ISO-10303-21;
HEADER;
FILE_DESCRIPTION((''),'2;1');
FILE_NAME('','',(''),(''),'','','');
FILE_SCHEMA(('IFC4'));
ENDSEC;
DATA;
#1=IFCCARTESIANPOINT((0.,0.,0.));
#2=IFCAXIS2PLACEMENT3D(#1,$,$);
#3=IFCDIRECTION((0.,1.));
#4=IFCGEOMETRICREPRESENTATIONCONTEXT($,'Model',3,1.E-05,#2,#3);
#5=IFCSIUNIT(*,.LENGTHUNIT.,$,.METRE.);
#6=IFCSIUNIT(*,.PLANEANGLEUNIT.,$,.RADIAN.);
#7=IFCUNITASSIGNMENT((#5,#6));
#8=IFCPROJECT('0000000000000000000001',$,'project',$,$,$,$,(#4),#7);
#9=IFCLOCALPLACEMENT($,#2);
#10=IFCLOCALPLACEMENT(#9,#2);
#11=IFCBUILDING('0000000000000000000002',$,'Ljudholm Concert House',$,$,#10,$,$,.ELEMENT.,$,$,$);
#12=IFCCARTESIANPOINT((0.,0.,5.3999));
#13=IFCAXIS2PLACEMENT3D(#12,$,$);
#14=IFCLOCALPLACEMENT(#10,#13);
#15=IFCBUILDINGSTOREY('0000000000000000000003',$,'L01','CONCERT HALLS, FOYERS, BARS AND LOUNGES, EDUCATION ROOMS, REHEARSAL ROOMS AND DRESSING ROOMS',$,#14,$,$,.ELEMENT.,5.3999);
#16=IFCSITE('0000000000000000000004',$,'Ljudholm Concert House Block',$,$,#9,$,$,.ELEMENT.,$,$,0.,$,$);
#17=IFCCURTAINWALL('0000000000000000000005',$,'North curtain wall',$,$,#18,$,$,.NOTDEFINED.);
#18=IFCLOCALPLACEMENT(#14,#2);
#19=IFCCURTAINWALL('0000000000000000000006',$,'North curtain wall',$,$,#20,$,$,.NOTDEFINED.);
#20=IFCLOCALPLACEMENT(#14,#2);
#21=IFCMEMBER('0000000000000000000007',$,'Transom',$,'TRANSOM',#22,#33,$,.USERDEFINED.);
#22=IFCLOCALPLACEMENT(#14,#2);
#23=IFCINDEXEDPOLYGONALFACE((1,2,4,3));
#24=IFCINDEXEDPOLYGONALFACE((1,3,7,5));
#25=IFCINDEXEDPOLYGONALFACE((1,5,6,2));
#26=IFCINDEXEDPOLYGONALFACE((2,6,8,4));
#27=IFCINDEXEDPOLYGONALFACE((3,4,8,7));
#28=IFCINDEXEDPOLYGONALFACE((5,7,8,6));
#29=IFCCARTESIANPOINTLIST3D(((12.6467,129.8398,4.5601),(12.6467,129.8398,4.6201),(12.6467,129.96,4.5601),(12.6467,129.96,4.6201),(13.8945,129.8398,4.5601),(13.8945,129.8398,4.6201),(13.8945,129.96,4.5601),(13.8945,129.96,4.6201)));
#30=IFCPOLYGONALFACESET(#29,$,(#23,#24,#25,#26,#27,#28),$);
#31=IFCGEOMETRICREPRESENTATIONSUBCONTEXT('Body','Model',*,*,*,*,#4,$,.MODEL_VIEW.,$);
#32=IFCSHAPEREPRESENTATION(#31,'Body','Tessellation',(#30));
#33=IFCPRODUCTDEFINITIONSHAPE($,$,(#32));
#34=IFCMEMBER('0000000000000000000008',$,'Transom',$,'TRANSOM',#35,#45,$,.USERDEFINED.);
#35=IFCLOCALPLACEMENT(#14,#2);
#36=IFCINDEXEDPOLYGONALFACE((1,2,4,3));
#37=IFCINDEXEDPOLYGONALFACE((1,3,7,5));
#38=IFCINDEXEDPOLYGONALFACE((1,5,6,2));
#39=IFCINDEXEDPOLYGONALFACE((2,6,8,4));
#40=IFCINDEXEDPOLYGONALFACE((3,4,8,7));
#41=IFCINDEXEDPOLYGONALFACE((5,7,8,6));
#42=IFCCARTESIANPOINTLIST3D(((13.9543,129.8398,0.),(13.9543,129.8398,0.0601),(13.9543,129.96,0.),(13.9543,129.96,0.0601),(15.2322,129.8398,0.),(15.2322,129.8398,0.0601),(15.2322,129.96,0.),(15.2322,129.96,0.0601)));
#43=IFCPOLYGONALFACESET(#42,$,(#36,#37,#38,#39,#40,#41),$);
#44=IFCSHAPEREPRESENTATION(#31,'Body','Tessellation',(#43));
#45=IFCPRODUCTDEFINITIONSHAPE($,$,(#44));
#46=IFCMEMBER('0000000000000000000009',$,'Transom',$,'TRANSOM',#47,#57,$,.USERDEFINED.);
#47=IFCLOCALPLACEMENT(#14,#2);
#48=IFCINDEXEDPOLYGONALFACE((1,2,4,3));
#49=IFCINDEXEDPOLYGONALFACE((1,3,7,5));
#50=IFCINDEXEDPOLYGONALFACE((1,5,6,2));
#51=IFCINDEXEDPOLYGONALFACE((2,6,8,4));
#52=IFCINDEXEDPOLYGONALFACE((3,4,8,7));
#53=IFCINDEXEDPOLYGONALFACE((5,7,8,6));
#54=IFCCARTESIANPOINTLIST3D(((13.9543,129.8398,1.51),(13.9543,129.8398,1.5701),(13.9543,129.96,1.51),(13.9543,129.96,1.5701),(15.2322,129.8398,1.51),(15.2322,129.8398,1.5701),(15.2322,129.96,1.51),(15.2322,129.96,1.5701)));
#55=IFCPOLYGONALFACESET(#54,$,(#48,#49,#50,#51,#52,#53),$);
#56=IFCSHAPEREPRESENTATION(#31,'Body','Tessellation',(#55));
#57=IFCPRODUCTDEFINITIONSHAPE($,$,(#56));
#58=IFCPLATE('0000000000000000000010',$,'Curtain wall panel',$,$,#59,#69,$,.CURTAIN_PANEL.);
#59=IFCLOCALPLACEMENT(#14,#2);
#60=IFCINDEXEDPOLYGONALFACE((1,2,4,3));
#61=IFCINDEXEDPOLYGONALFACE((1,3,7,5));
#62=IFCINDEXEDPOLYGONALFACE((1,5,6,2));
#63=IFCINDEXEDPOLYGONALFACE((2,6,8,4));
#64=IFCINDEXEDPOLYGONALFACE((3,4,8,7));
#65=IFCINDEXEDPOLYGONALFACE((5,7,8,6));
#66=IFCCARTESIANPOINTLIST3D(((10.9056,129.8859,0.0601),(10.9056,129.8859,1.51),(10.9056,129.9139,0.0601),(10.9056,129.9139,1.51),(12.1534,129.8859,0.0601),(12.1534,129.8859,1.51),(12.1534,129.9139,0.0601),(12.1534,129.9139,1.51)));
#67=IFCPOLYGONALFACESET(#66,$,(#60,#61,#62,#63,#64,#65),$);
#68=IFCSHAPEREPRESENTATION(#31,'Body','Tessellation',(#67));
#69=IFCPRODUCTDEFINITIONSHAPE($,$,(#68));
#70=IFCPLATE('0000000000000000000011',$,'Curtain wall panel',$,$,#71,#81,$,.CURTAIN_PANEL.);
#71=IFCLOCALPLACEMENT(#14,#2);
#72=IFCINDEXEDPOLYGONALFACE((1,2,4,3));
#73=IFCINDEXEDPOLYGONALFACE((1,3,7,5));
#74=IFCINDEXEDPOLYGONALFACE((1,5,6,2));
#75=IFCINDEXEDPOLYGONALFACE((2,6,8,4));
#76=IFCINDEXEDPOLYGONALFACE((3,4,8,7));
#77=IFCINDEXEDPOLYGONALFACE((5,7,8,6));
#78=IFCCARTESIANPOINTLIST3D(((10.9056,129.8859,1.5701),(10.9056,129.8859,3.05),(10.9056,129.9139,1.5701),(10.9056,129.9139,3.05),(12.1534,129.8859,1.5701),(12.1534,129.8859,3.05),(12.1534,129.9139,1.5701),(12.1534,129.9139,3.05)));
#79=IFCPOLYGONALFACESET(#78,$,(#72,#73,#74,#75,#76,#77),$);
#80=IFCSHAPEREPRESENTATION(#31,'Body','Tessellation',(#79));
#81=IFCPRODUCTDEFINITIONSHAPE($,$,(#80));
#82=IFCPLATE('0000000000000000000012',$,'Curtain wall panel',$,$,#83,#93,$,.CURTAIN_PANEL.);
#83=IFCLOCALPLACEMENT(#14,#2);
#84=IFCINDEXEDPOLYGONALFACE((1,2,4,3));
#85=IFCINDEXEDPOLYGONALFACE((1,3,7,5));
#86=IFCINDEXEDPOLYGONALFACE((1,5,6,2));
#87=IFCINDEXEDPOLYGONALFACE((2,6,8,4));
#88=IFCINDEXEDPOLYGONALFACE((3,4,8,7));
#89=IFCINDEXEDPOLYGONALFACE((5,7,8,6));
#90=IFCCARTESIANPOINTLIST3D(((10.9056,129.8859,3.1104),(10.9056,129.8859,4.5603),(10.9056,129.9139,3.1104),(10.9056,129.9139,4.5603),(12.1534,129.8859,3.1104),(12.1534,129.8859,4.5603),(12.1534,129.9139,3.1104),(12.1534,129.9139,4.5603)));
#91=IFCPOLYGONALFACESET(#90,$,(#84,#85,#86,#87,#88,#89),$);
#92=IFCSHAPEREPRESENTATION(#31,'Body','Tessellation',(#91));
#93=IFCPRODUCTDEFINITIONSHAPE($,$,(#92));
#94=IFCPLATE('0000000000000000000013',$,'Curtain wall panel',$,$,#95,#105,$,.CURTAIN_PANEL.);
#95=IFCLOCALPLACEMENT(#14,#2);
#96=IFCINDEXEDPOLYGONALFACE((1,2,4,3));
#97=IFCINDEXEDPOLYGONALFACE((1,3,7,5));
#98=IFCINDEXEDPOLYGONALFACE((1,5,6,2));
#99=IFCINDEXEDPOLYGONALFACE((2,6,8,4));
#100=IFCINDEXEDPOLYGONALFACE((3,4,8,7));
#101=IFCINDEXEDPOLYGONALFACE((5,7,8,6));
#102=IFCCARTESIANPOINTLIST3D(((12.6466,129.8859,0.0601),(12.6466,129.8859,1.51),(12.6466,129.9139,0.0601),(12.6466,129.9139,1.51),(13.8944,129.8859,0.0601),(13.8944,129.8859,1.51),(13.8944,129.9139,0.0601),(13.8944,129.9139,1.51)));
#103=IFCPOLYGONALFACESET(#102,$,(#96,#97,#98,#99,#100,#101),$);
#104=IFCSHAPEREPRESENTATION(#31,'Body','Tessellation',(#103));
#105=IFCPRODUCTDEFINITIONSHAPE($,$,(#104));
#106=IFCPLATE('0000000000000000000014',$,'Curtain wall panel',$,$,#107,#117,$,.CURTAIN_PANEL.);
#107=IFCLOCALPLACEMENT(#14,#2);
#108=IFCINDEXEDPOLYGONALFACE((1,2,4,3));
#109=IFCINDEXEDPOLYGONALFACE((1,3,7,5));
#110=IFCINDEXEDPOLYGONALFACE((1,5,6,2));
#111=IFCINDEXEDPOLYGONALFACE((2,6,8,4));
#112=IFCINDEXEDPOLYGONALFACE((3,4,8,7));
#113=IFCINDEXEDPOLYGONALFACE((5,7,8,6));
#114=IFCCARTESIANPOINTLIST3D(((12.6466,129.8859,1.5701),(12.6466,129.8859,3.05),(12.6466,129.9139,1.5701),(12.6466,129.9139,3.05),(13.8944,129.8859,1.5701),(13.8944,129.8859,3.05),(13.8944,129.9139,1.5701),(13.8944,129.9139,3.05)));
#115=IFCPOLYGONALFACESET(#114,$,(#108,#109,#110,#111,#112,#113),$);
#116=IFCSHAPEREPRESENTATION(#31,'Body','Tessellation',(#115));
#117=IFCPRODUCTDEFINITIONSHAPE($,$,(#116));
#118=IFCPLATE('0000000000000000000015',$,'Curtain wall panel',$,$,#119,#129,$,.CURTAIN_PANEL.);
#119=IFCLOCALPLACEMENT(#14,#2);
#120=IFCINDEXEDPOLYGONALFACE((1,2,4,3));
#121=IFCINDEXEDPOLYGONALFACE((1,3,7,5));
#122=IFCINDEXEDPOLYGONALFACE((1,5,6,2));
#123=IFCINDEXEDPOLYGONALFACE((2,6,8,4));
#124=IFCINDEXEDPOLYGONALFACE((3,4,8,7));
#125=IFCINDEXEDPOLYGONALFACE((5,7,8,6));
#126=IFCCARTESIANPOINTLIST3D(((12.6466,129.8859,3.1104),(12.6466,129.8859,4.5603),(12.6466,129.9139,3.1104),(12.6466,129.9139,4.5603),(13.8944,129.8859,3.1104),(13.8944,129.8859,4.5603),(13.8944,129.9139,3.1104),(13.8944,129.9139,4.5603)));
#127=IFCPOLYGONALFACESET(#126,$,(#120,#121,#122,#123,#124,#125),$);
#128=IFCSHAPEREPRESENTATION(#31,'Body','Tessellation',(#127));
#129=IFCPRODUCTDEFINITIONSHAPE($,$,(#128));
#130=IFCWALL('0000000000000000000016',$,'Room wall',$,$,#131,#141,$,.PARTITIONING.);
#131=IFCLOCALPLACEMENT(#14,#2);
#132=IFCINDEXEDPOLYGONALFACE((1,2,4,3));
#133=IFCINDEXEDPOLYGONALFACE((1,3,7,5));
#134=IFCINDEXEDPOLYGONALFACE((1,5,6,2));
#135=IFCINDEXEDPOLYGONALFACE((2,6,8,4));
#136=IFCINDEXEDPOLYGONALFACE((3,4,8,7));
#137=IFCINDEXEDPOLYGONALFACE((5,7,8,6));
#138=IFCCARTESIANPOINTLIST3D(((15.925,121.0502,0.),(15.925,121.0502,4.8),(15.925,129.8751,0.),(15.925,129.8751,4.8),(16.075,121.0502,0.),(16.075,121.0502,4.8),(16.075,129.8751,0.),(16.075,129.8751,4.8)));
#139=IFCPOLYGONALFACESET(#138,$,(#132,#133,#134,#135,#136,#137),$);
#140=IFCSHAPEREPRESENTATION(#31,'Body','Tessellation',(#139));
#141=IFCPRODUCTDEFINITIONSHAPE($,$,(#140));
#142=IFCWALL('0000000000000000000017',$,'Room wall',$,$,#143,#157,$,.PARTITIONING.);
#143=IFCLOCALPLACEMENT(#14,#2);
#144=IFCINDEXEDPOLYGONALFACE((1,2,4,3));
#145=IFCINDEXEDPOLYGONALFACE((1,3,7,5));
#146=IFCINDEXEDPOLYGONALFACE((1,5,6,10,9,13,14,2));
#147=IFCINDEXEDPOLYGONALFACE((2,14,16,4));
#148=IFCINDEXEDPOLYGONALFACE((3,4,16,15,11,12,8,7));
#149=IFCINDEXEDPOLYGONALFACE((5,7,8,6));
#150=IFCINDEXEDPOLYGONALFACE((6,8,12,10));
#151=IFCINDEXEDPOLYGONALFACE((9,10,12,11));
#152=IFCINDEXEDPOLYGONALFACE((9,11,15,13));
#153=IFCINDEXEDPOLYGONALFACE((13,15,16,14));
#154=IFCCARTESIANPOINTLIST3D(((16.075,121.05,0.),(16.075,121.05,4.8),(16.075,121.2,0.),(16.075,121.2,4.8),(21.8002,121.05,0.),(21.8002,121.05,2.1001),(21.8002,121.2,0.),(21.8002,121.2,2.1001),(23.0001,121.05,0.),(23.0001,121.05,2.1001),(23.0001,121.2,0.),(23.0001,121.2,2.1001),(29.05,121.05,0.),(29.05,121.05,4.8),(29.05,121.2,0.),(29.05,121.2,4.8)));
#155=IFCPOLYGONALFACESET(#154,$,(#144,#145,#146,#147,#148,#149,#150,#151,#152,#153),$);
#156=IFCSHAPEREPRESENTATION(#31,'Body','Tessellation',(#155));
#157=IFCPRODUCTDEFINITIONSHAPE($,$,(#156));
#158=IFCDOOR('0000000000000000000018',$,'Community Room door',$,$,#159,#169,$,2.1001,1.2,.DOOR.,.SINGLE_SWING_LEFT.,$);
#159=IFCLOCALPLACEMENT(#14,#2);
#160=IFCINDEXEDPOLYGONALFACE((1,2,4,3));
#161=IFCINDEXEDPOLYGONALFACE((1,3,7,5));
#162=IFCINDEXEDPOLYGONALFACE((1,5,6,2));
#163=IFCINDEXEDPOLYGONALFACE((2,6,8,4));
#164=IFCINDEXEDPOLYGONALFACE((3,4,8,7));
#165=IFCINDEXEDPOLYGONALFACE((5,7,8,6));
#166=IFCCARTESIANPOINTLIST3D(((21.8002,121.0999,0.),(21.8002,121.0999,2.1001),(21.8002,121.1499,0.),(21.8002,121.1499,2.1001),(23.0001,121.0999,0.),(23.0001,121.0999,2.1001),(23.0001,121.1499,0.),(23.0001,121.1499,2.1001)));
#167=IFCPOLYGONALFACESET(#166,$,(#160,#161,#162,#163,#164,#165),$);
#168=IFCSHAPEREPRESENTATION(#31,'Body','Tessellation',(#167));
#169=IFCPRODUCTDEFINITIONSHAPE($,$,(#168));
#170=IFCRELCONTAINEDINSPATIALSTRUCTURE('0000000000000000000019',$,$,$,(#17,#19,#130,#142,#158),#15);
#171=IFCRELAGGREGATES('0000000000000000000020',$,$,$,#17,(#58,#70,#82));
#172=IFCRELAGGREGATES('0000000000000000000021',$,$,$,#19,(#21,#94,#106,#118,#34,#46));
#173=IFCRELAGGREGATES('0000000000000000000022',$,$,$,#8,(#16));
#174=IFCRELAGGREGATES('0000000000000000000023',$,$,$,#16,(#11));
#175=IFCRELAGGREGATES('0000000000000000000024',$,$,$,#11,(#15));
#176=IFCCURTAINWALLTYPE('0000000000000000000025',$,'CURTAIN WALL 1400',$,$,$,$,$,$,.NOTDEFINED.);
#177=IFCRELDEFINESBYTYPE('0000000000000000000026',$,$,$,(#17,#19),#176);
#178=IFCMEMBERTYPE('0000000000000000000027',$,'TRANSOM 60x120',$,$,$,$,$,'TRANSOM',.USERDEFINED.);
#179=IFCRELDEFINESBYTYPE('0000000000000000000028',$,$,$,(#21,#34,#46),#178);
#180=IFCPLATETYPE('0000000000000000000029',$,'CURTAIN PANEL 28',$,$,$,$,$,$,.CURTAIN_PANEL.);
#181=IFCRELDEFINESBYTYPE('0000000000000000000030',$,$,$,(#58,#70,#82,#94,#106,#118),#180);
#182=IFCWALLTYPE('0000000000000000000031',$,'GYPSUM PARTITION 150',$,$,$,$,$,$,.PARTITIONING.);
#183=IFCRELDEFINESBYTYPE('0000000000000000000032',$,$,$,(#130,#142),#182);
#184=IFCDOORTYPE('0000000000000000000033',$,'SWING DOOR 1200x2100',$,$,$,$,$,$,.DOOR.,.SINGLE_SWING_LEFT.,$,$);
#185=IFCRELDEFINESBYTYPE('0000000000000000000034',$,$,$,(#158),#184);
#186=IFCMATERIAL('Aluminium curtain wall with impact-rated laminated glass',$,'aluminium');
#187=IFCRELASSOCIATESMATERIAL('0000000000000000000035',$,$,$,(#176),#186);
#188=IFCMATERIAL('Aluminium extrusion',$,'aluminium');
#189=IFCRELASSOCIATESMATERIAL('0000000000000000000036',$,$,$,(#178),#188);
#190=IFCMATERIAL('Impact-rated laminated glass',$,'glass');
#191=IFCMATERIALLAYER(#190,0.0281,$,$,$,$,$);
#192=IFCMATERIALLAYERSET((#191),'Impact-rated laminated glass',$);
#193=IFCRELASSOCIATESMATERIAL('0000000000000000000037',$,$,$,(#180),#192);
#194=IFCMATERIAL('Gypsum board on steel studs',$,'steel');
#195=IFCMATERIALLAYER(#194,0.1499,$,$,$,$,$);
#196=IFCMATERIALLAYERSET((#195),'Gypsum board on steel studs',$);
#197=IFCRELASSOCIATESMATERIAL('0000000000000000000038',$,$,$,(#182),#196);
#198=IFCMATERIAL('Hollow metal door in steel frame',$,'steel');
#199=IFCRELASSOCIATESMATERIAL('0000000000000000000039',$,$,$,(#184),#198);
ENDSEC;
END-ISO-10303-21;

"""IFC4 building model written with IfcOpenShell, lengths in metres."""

from ifc_helpers import new_model, si_unit, direction, frame, frame_2d, origin, origin_2d, place, context, subcontext, project, spatial, rectangle, extrude, material, layer, layer_set, material_profile, profile_set, type_object, element, fill, aggregate, save


model = new_model("IFC4")

# Units and contexts
model_context = context("Model", 3, precision=1e-05, world=origin(), true_north=direction((0.0, 1.0)))
body_context = subcontext(model_context, "Body", "Model", "MODEL_VIEW")
ifc_project = project(units=[si_unit("LENGTHUNIT", "METRE"), si_unit("PLANEANGLEUNIT", "RADIAN")], contexts=[model_context])

# Site, building, storey
site_placement = place(None, origin())
site = spatial("IfcSite", under=ifc_project, at=site_placement, Name="Ljudholm Concert House Block", CompositionType="ELEMENT", RefElevation=0.0)
building_placement = place(site_placement, origin())
building = spatial("IfcBuilding", under=site, at=building_placement, Name="Ljudholm Concert House", CompositionType="ELEMENT")
storey_placement = place(building_placement, frame((0.0, 0.0, 5.3999)))
storey = spatial("IfcBuildingStorey", under=building, at=storey_placement, Name="L01", Description="CONCERT HALLS, FOYERS, BARS AND LOUNGES, EDUCATION ROOMS, REHEARSAL ROOMS AND DRESSING ROOMS", CompositionType="ELEMENT", Elevation=5.3999)

# Curtain walls
ifc_material_1 = material(Name="Aluminium curtain wall with impact-rated laminated glass", Category="aluminium")
curtain_wall_type = type_object("IfcCurtainWallType", Name="CURTAIN WALL 1400", PredefinedType="NOTDEFINED", material=ifc_material_1)
curtain_wall_1_placement = place(storey_placement, origin())
curtain_wall_1 = element("IfcCurtainWall", 1, at=curtain_wall_1_placement, inside=storey, type_object=curtain_wall_type, Name="North curtain wall", PredefinedType="NOTDEFINED")
curtain_wall_2_placement = place(storey_placement, origin())
curtain_wall_2 = element("IfcCurtainWall", 2, at=curtain_wall_2_placement, inside=storey, type_object=curtain_wall_type, Name="North curtain wall", PredefinedType="NOTDEFINED")

# Members
ifc_material_2 = material(Name="Aluminium extrusion", Category="aluminium")
ifc_material_profile_1 = material_profile(ifc_material_2, rectangle(XDim=0.1201, YDim=0.0601, at=origin_2d()), Name="TRANSOM 60x120")
ifc_profile_set_1 = profile_set([ifc_material_profile_1], Name="Aluminium extrusion")
member_type_1 = type_object("IfcMemberType", Name="TRANSOM 60x120", ElementType="TRANSOM", PredefinedType="USERDEFINED", material=ifc_profile_set_1)
member_1_placement = place(storey_placement, frame((12.6467, 129.8999, 4.5901), z_axis=(1.0, 0.0, 0.0), x_axis=(0.0, 1.0, 0.0)))
member_1 = element("IfcMember", 3, at=member_1_placement, type_object=member_type_1, Name="Transom", ObjectType="TRANSOM", PredefinedType="USERDEFINED", context=body_context, shape_type="SweptSolid", body=[
    extrude(rectangle(XDim=0.1201, YDim=0.0601, at=origin_2d()), origin(), (0.0, 0.0, 1.0), 1.2478),
])
member_2_placement = place(storey_placement, frame((13.9543, 129.8999, 0.03), z_axis=(1.0, 0.0, 0.0), x_axis=(0.0, 1.0, 0.0)))
member_2 = element("IfcMember", 4, at=member_2_placement, type_object=member_type_1, Name="Transom", ObjectType="TRANSOM", PredefinedType="USERDEFINED", context=body_context, shape_type="SweptSolid", body=[
    extrude(rectangle(XDim=0.1201, YDim=0.0601, at=origin_2d()), origin(), (0.0, 0.0, 1.0), 1.2778),
])
member_3_placement = place(storey_placement, frame((13.9543, 129.8999, 1.54), z_axis=(1.0, 0.0, 0.0), x_axis=(0.0, 1.0, 0.0)))
member_3 = element("IfcMember", 5, at=member_3_placement, type_object=member_type_1, Name="Transom", ObjectType="TRANSOM", PredefinedType="USERDEFINED", context=body_context, shape_type="SweptSolid", body=[
    extrude(rectangle(XDim=0.1201, YDim=0.0601, at=origin_2d()), origin(), (0.0, 0.0, 1.0), 1.2778),
])

# Plates
ifc_material_3 = material(Name="Impact-rated laminated glass", Category="glass")
ifc_layer_1 = layer(ifc_material_3, 0.0281)
ifc_layer_set_1 = layer_set([ifc_layer_1], Name="Impact-rated laminated glass")
plate_type = type_object("IfcPlateType", Name="CURTAIN PANEL 28", PredefinedType="CURTAIN_PANEL", material=ifc_layer_set_1)
plate_1_placement = place(storey_placement, frame((11.5295, 129.8999, 0.0601), z_axis=(0.0, 0.0, 1.0), x_axis=(1.0, 0.0, 0.0)))
plate_1 = element("IfcPlate", 6, at=plate_1_placement, type_object=plate_type, Name="Curtain wall panel", PredefinedType="CURTAIN_PANEL", context=body_context, shape_type="SweptSolid", body=[
    extrude(rectangle(XDim=1.2478, YDim=0.0281, at=origin_2d()), origin(), (0.0, 0.0, 1.0), 1.45),
])
plate_2_placement = place(storey_placement, frame((11.5295, 129.8999, 1.5701), z_axis=(0.0, 0.0, 1.0), x_axis=(1.0, 0.0, 0.0)))
plate_2 = element("IfcPlate", 7, at=plate_2_placement, type_object=plate_type, Name="Curtain wall panel", PredefinedType="CURTAIN_PANEL", context=body_context, shape_type="SweptSolid", body=[
    extrude(rectangle(XDim=1.2478, YDim=0.0281, at=origin_2d()), origin(), (0.0, 0.0, 1.0), 1.48),
])
plate_3_placement = place(storey_placement, frame((11.5295, 129.8999, 3.1104), z_axis=(0.0, 0.0, 1.0), x_axis=(1.0, 0.0, 0.0)))
plate_3 = element("IfcPlate", 8, at=plate_3_placement, type_object=plate_type, Name="Curtain wall panel", PredefinedType="CURTAIN_PANEL", context=body_context, shape_type="SweptSolid", body=[
    extrude(rectangle(XDim=1.2478, YDim=0.0281, at=origin_2d()), origin(), (0.0, 0.0, 1.0), 1.45),
])
aggregate(curtain_wall_1, [plate_1, plate_2, plate_3])
plate_4_placement = place(storey_placement, frame((13.2705, 129.8999, 0.0601), z_axis=(0.0, 0.0, 1.0), x_axis=(1.0, 0.0, 0.0)))
plate_4 = element("IfcPlate", 9, at=plate_4_placement, type_object=plate_type, Name="Curtain wall panel", PredefinedType="CURTAIN_PANEL", context=body_context, shape_type="SweptSolid", body=[
    extrude(rectangle(XDim=1.2478, YDim=0.0281, at=origin_2d()), origin(), (0.0, 0.0, 1.0), 1.45),
])
plate_5_placement = place(storey_placement, frame((13.2705, 129.8999, 1.5701), z_axis=(0.0, 0.0, 1.0), x_axis=(1.0, 0.0, 0.0)))
plate_5 = element("IfcPlate", 10, at=plate_5_placement, type_object=plate_type, Name="Curtain wall panel", PredefinedType="CURTAIN_PANEL", context=body_context, shape_type="SweptSolid", body=[
    extrude(rectangle(XDim=1.2478, YDim=0.0281, at=origin_2d()), origin(), (0.0, 0.0, 1.0), 1.48),
])
plate_6_placement = place(storey_placement, frame((13.2705, 129.8999, 3.1104), z_axis=(0.0, 0.0, 1.0), x_axis=(1.0, 0.0, 0.0)))
plate_6 = element("IfcPlate", 11, at=plate_6_placement, type_object=plate_type, Name="Curtain wall panel", PredefinedType="CURTAIN_PANEL", context=body_context, shape_type="SweptSolid", body=[
    extrude(rectangle(XDim=1.2478, YDim=0.0281, at=origin_2d()), origin(), (0.0, 0.0, 1.0), 1.45),
])
aggregate(curtain_wall_2, [member_1, plate_4, plate_5, plate_6, member_2, member_3])

# Wall
ifc_material_4 = material(Name="Gypsum board on steel studs", Category="steel")
ifc_layer_2 = layer(ifc_material_4, 0.1499)
ifc_layer_set_2 = layer_set([ifc_layer_2], Name="Gypsum board on steel studs")
wall_type = type_object("IfcWallType", Name="GYPSUM PARTITION 150", PredefinedType="PARTITIONING", material=ifc_layer_set_2)
wall_1_placement = place(storey_placement, frame((16.0, 121.05, 0.0), z_axis=(0.0, 0.0, 1.0), x_axis=(0.0, 1.0, 0.0)))
element("IfcWall", 12, at=wall_1_placement, inside=storey, type_object=wall_type, Name="Room wall", PredefinedType="PARTITIONING", context=body_context, shape_type="SweptSolid", body=[
    extrude(rectangle(XDim=8.825, YDim=0.1499, at=frame_2d((4.4126, 0.0))), origin(), (0.0, 0.0, 1.0), 4.8),
])

# Wall, opening, door
wall_2_placement = place(storey_placement, frame((16.075, 121.125, 0.0), z_axis=(0.0, 0.0, 1.0), x_axis=(1.0, 0.0, 0.0)))
wall_2 = element("IfcWall", 13, at=wall_2_placement, inside=storey, type_object=wall_type, Name="Room wall", PredefinedType="PARTITIONING", context=body_context, shape_type="SweptSolid", body=[
    extrude(rectangle(XDim=12.9751, YDim=0.1499, at=frame_2d((6.4875, 0.0))), origin(), (0.0, 0.0, 1.0), 4.8),
])
opening_placement = place(wall_2_placement, frame((5.7251, 0.0, 0.0)))
opening = element("IfcOpeningElement", 14, at=opening_placement, cuts=wall_2, PredefinedType="OPENING", context=body_context, shape_type="SweptSolid", body=[
    extrude(rectangle(XDim=1.2, YDim=2.1001, at=frame_2d((0.6001, 1.05))), frame((0.0, 0.085, 0.0), z_axis=(0.0, -1.0, 0.0), x_axis=(1.0, 0.0, 0.0)), (0.0, 0.0, 1.0), 0.1699),
])
ifc_material_5 = material(Name="Hollow metal door in steel frame", Category="steel")
door_type = type_object("IfcDoorType", Name="SWING DOOR 1200x2100", OperationType="SINGLE_SWING_LEFT", PredefinedType="DOOR", material=ifc_material_5)
door_placement = place(opening_placement, origin())
door = element("IfcDoor", 15, at=door_placement, inside=storey, type_object=door_type, Name="Community Room door", OperationType="SINGLE_SWING_LEFT", OverallHeight=2.1001, OverallWidth=1.2, PredefinedType="DOOR", context=body_context, shape_type="SweptSolid", body=[
    extrude(rectangle(XDim=1.2, YDim=2.1001, at=frame_2d((0.6001, 1.05))), frame((0.0, 0.0249, 0.0), z_axis=(0.0, -1.0, 0.0), x_axis=(1.0, 0.0, 0.0)), (0.0, 0.0, 1.0), 0.05),
])
fill(opening, door)

save(model, "model.ifc")
